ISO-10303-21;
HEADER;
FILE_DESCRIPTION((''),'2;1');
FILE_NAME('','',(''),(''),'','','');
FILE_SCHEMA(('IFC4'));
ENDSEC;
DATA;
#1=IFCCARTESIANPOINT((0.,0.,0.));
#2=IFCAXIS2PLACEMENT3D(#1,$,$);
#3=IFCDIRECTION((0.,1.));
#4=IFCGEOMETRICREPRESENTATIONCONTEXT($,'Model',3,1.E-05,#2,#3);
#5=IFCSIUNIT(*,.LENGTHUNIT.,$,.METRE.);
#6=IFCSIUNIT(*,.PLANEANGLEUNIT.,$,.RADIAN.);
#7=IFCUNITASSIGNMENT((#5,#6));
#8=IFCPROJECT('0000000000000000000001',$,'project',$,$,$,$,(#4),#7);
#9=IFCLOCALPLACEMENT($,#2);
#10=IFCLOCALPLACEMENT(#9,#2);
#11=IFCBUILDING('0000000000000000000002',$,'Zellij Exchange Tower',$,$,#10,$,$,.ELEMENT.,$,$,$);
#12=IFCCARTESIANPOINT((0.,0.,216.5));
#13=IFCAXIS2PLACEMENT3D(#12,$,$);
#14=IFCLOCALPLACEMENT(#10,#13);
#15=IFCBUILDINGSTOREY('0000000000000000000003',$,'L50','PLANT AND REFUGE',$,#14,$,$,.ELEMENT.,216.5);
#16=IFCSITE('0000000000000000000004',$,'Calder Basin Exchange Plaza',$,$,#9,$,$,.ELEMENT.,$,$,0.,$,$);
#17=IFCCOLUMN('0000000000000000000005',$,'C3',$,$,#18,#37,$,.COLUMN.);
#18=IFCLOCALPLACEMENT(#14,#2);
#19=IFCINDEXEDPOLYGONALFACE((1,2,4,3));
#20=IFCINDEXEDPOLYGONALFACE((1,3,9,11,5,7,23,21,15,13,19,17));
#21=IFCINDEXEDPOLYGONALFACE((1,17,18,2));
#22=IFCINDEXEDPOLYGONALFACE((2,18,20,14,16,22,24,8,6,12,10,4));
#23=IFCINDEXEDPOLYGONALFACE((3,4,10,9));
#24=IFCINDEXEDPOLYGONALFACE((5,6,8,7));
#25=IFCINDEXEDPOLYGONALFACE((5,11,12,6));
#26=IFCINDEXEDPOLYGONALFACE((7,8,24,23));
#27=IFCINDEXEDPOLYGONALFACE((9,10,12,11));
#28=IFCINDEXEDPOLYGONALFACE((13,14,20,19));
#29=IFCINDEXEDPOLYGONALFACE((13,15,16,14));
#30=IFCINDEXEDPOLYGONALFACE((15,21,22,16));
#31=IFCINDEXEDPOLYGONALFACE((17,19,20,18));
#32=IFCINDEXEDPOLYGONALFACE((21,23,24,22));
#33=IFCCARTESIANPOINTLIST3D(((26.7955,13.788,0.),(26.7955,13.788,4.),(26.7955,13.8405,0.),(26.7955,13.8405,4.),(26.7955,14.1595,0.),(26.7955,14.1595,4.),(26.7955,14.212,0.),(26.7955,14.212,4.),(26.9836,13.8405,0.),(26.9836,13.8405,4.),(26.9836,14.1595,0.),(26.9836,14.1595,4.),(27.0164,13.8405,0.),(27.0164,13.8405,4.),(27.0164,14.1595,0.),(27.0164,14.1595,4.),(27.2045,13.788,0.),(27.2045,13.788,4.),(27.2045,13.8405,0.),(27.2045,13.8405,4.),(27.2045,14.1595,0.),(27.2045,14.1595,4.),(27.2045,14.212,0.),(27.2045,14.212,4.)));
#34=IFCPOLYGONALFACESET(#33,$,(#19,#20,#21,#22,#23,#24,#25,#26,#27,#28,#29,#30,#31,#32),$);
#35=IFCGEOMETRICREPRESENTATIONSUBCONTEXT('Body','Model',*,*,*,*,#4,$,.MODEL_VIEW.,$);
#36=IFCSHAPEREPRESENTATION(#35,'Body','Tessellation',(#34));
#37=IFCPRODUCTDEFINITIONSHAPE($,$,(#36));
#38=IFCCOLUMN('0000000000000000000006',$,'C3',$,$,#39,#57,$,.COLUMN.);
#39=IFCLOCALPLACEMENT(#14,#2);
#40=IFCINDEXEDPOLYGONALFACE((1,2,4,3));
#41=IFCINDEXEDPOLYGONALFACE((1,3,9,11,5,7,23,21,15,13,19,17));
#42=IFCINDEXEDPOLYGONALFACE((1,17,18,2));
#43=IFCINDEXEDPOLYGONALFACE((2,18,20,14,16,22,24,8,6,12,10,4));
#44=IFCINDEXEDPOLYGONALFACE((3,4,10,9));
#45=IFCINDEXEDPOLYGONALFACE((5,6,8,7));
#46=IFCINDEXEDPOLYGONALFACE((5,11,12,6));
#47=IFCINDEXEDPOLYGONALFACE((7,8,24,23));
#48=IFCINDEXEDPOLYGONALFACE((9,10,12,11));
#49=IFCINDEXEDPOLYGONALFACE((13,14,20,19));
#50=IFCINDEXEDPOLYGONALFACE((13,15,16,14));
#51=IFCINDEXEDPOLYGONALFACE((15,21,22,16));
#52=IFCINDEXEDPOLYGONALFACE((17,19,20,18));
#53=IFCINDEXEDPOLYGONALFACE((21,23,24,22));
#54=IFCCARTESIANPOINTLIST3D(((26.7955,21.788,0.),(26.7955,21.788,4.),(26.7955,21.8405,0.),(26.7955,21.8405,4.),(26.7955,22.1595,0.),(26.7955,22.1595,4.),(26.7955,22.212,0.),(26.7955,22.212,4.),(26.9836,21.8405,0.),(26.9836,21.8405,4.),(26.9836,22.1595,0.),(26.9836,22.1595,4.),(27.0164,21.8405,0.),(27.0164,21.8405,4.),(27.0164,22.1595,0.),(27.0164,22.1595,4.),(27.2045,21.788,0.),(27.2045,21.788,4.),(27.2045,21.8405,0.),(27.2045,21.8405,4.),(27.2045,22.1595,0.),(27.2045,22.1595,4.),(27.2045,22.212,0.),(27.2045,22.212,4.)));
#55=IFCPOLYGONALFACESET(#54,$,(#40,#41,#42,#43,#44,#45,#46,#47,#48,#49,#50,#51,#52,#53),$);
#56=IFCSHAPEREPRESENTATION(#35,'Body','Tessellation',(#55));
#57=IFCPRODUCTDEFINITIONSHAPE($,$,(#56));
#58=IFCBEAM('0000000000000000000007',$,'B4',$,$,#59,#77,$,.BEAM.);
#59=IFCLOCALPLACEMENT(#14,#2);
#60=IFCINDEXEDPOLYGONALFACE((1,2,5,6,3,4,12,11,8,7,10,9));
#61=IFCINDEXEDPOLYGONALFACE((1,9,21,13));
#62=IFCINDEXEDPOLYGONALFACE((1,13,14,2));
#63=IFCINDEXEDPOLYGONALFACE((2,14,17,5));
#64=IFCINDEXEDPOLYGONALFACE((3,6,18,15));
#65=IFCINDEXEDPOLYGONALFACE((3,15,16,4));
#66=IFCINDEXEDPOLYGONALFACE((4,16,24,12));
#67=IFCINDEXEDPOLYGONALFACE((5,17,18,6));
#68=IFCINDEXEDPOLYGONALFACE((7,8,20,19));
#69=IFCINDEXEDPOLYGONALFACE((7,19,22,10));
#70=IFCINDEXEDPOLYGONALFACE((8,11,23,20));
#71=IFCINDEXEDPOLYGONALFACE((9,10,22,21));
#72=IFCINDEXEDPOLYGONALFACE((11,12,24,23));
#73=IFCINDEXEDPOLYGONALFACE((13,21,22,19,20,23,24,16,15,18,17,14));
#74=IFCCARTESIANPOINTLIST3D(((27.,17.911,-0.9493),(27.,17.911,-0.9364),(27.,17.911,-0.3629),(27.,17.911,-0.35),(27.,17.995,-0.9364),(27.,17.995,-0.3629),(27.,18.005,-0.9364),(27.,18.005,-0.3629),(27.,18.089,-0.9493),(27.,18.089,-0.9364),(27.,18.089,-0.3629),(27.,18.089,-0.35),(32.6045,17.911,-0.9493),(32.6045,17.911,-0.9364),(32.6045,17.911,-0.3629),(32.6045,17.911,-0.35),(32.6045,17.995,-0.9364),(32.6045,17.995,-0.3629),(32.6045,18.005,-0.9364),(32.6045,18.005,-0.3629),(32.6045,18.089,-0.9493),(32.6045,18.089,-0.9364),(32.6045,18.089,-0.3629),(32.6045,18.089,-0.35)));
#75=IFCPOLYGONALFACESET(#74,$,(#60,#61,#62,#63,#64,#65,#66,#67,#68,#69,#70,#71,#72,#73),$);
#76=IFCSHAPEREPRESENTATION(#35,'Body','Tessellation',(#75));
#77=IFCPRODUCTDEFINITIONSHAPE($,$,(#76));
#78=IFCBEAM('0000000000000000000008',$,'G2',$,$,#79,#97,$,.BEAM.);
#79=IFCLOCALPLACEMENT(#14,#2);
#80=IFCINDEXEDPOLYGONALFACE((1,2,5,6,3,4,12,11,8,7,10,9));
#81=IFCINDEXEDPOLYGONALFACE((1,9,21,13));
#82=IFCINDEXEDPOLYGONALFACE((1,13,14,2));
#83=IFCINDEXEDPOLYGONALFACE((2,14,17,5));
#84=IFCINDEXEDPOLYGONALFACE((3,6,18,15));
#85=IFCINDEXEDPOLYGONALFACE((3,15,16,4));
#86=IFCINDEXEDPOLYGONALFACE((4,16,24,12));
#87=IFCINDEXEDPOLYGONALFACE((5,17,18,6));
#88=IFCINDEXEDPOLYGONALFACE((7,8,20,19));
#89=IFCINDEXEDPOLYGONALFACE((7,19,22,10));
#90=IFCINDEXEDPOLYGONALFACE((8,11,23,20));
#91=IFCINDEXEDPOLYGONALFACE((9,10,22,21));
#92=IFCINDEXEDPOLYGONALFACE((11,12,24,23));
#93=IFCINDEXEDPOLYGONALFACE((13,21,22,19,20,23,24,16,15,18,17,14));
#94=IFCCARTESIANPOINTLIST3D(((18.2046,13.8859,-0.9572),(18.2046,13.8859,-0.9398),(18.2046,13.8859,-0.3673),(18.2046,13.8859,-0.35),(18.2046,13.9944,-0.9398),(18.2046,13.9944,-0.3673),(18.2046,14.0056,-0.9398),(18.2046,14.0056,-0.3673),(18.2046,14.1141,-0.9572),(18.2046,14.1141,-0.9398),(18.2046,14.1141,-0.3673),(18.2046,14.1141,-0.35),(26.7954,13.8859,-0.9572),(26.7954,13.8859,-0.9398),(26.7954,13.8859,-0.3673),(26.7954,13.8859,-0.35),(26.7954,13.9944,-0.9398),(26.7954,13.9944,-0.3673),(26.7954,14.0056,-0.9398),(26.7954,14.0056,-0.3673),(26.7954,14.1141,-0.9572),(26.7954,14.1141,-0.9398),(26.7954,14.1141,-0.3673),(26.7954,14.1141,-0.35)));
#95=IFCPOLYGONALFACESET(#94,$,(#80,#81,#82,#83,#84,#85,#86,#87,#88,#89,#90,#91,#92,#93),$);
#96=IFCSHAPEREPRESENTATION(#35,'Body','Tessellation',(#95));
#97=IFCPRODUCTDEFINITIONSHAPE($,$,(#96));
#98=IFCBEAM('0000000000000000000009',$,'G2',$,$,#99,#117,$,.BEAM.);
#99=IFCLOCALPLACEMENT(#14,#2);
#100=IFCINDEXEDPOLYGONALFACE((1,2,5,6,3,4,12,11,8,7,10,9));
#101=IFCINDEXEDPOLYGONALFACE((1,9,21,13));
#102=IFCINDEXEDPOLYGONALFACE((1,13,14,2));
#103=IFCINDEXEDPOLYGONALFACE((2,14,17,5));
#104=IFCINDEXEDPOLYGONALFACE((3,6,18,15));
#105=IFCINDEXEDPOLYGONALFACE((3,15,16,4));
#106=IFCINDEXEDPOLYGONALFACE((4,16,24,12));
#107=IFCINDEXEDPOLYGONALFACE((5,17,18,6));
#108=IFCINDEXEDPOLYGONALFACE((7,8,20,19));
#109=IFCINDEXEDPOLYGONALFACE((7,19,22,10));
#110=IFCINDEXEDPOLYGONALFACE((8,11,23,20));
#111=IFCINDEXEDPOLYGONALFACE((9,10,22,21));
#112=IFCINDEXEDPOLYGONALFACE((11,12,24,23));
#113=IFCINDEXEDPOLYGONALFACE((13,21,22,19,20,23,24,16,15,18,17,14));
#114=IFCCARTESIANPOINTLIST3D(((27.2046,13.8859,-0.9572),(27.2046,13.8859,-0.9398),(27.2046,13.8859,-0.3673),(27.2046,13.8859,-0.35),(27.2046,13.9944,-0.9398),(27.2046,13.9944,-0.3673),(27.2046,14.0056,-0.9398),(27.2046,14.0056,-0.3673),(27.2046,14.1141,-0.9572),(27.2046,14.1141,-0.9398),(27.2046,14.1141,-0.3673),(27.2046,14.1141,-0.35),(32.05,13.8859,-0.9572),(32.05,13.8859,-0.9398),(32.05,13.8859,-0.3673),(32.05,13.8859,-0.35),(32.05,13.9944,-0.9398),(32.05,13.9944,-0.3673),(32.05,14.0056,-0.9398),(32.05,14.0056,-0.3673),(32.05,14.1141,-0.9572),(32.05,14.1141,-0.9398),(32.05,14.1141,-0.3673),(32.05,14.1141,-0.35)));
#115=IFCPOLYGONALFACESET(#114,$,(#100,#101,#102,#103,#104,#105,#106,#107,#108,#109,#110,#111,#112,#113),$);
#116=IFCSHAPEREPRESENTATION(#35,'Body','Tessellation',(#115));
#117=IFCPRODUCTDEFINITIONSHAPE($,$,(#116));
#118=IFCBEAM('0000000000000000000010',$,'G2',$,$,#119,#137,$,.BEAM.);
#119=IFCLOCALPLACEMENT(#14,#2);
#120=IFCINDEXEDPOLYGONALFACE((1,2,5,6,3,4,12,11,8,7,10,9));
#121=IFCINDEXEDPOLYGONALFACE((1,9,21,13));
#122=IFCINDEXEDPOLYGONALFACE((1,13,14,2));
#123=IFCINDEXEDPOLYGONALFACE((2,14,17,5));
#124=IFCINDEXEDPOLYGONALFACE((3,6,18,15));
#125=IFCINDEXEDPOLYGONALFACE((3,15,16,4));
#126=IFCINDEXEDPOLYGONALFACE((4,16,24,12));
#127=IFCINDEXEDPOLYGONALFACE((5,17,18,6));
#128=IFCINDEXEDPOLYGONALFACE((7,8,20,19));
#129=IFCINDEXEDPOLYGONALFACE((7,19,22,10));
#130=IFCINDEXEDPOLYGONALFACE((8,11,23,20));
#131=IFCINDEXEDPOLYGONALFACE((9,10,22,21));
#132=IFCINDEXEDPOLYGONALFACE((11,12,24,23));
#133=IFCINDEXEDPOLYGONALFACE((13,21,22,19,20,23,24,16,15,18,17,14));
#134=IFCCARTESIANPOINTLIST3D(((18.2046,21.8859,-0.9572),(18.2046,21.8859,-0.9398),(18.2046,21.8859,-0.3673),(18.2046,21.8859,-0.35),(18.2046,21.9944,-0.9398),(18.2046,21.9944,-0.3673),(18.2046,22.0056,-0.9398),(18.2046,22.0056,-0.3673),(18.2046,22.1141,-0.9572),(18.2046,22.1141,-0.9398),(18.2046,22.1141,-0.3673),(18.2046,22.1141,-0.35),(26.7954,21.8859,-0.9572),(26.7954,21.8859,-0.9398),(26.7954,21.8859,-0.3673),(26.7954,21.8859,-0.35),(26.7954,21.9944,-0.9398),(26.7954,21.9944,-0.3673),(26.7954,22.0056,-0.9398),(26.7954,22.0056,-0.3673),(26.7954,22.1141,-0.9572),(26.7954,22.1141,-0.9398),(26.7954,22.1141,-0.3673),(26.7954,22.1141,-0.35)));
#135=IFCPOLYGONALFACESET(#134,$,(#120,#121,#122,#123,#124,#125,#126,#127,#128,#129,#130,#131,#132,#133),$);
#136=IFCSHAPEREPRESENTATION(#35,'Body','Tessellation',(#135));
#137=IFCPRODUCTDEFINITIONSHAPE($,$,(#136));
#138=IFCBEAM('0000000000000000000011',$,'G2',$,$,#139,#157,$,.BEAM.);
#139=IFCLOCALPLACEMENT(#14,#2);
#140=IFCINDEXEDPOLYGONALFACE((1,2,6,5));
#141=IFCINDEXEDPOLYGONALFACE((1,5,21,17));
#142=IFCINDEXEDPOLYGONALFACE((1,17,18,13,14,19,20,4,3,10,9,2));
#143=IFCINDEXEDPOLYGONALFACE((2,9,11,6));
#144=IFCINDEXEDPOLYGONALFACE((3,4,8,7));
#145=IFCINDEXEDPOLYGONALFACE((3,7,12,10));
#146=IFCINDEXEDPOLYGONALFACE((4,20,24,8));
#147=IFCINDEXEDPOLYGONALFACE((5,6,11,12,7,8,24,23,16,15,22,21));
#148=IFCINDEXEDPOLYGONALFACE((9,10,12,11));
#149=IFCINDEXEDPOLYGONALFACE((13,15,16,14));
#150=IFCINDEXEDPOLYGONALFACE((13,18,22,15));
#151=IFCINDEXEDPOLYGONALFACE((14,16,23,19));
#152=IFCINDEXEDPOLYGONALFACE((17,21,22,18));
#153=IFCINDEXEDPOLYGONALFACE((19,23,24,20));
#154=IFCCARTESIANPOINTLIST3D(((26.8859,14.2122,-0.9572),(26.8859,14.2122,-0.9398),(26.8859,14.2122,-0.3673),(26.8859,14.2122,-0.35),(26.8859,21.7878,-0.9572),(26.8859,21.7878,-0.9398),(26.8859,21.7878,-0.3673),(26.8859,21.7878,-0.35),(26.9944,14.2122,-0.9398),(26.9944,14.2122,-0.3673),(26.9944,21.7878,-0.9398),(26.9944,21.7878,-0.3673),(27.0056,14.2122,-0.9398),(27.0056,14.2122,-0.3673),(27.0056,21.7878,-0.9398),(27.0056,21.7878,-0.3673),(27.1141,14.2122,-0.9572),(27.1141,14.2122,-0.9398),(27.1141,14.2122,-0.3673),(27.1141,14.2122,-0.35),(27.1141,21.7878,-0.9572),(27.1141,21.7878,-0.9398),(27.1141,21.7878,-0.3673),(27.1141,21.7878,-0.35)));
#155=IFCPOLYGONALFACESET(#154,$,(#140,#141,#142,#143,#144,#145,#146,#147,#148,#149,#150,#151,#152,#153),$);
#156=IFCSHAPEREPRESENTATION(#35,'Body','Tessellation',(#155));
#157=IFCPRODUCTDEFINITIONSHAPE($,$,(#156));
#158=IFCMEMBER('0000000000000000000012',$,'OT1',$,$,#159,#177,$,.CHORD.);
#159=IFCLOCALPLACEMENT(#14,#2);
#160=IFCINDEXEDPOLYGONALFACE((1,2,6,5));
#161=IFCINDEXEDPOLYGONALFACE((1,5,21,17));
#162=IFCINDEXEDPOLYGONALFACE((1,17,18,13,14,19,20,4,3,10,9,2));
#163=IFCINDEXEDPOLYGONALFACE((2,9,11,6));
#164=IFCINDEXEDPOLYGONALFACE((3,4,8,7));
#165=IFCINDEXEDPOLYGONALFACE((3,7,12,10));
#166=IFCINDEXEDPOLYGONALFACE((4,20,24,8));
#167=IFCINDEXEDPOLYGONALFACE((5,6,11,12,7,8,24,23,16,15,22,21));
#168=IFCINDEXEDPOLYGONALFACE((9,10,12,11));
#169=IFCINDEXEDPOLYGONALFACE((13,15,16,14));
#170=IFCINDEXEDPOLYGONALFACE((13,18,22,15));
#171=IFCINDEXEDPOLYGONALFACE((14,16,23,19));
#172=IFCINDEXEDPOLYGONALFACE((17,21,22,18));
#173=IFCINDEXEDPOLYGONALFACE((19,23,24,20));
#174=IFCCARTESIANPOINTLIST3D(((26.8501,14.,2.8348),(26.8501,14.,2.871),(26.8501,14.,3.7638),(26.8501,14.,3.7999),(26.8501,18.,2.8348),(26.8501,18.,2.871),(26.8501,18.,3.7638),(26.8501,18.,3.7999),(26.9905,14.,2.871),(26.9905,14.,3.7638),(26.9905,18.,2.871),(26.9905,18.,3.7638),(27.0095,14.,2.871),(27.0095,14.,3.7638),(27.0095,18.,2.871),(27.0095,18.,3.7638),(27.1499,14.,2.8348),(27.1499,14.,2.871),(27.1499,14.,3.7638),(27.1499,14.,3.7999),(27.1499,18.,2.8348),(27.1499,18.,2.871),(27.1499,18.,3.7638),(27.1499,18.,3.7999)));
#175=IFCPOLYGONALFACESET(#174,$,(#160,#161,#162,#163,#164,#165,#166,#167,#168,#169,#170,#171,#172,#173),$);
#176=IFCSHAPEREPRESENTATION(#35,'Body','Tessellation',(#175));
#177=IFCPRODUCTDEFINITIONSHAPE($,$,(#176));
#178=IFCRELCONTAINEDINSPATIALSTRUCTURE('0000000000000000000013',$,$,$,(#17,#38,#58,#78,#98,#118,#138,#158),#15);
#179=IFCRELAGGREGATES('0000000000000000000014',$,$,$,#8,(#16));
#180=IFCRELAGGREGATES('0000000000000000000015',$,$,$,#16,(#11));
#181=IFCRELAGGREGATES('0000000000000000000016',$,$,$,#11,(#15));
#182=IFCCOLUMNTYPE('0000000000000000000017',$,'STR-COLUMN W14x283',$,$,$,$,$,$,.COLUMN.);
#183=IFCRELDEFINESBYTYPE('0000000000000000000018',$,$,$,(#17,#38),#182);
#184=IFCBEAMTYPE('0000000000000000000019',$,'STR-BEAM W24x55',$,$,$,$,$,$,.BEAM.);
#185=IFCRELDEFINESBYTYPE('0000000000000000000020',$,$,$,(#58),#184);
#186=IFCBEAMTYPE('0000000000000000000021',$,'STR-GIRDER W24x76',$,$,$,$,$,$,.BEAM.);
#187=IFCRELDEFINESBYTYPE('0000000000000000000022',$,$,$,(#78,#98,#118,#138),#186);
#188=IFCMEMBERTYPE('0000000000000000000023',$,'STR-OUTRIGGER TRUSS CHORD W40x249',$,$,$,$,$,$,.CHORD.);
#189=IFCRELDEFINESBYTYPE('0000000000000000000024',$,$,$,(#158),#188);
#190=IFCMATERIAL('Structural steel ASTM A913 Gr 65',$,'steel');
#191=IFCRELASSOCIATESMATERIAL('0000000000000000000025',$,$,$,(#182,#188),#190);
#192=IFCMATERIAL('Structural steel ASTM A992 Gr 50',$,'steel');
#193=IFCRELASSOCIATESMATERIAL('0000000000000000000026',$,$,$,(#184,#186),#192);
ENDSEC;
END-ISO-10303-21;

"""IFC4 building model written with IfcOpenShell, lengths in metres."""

from ifc_helpers import new_model, si_unit, direction, frame, origin, origin_2d, place, context, subcontext, project, spatial, i_section, extrude, material, material_profile, profile_set, type_object, element, save


model = new_model("IFC4")

# Units and contexts
model_context = context("Model", 3, precision=1e-05, world=origin(), true_north=direction((0.0, 1.0)))
body_context = subcontext(model_context, "Body", "Model", "MODEL_VIEW")
ifc_project = project(units=[si_unit("LENGTHUNIT", "METRE"), si_unit("PLANEANGLEUNIT", "RADIAN")], contexts=[model_context])

# Site, building, storey
site_placement = place(None, origin())
site = spatial("IfcSite", under=ifc_project, at=site_placement, Name="Calder Basin Exchange Plaza", CompositionType="ELEMENT", RefElevation=0.0)
building_placement = place(site_placement, origin())
building = spatial("IfcBuilding", under=site, at=building_placement, Name="Zellij Exchange Tower", CompositionType="ELEMENT")
storey_placement = place(building_placement, frame((0.0, 0.0, 216.5)))
storey = spatial("IfcBuildingStorey", under=building, at=storey_placement, Name="L50", Description="PLANT AND REFUGE", CompositionType="ELEMENT", Elevation=216.5)

# Columns
ifc_material_1 = material(Name="Structural steel ASTM A913 Gr 65", Category="steel")
ifc_material_profile_1 = material_profile(ifc_material_1, i_section(OverallWidth=0.4089, OverallDepth=0.4241, WebThickness=0.0327, FlangeThickness=0.0525, at=origin_2d()), Name="W14x283")
ifc_profile_set_1 = profile_set([ifc_material_profile_1], Name="Structural steel ASTM A913 Gr 65")
column_type = type_object("IfcColumnType", Name="STR-COLUMN W14x283", PredefinedType="COLUMN", material=ifc_profile_set_1)
for number, where, z_axis, x_axis, name in (
    (1, (27.0, 14.0, 0.0), (0.0, 0.0, 1.0), (1.0, 0.0, 0.0), "C3"),
    (2, (27.0, 22.0, 0.0), (0.0, 0.0, 1.0), (1.0, 0.0, 0.0), "C3"),
):
    element("IfcColumn", number, at=place(storey_placement, frame(where, z_axis=z_axis, x_axis=x_axis)), inside=storey, type_object=column_type, Name=name, PredefinedType="COLUMN", context=body_context, shape_type="SweptSolid", body=[
        extrude(i_section(OverallWidth=0.4089, OverallDepth=0.4241, WebThickness=0.0327, FlangeThickness=0.0525, at=origin_2d()), origin(), (0.0, 0.0, 1.0), 4.0),
    ])

# Beams
ifc_material_2 = material(Name="Structural steel ASTM A992 Gr 50", Category="steel")
ifc_material_profile_2 = material_profile(ifc_material_2, i_section(OverallWidth=0.178, OverallDepth=0.5994, WebThickness=0.01, FlangeThickness=0.0129, at=origin_2d()), Name="W24x55")
ifc_profile_set_2 = profile_set([ifc_material_profile_2], Name="Structural steel ASTM A992 Gr 50")
beam_type_1 = type_object("IfcBeamType", Name="STR-BEAM W24x55", PredefinedType="BEAM", material=ifc_profile_set_2)
beam_1_placement = place(storey_placement, frame((27.0, 18.0, -0.6497), z_axis=(1.0, 0.0, 0.0), x_axis=(0.0, 1.0, 0.0)))
element("IfcBeam", 3, at=beam_1_placement, inside=storey, type_object=beam_type_1, Name="B4", PredefinedType="BEAM", context=body_context, shape_type="SweptSolid", body=[
    extrude(i_section(OverallWidth=0.178, OverallDepth=0.5994, WebThickness=0.01, FlangeThickness=0.0129, at=origin_2d()), origin(), (0.0, 0.0, 1.0), 5.6045),
])
ifc_material_profile_3 = material_profile(ifc_material_2, i_section(OverallWidth=0.2283, OverallDepth=0.6072, WebThickness=0.0112, FlangeThickness=0.0173, at=origin_2d()), Name="W24x76")
ifc_profile_set_3 = profile_set([ifc_material_profile_3], Name="Structural steel ASTM A992 Gr 50")
beam_type_2 = type_object("IfcBeamType", Name="STR-GIRDER W24x76", PredefinedType="BEAM", material=ifc_profile_set_3)
beam_2_placement = place(storey_placement, frame((18.2046, 14.0, -0.6536), z_axis=(1.0, 0.0, 0.0), x_axis=(0.0, 1.0, 0.0)))
element("IfcBeam", 4, at=beam_2_placement, inside=storey, type_object=beam_type_2, Name="G2", PredefinedType="BEAM", context=body_context, shape_type="SweptSolid", body=[
    extrude(i_section(OverallWidth=0.2283, OverallDepth=0.6072, WebThickness=0.0112, FlangeThickness=0.0173, at=origin_2d()), origin(), (0.0, 0.0, 1.0), 8.5908),
])
beam_3_placement = place(storey_placement, frame((27.2046, 14.0, -0.6536), z_axis=(1.0, 0.0, 0.0), x_axis=(0.0, 1.0, 0.0)))
element("IfcBeam", 5, at=beam_3_placement, inside=storey, type_object=beam_type_2, Name="G2", PredefinedType="BEAM", context=body_context, shape_type="SweptSolid", body=[
    extrude(i_section(OverallWidth=0.2283, OverallDepth=0.6072, WebThickness=0.0112, FlangeThickness=0.0173, at=origin_2d()), origin(), (0.0, 0.0, 1.0), 4.8455),
])
beam_4_placement = place(storey_placement, frame((18.2046, 22.0, -0.6536), z_axis=(1.0, 0.0, 0.0), x_axis=(0.0, 1.0, 0.0)))
element("IfcBeam", 6, at=beam_4_placement, inside=storey, type_object=beam_type_2, Name="G2", PredefinedType="BEAM", context=body_context, shape_type="SweptSolid", body=[
    extrude(i_section(OverallWidth=0.2283, OverallDepth=0.6072, WebThickness=0.0112, FlangeThickness=0.0173, at=origin_2d()), origin(), (0.0, 0.0, 1.0), 8.5908),
])
beam_5_placement = place(storey_placement, frame((27.0, 14.2122, -0.6536), z_axis=(0.0, 1.0, 0.0), x_axis=(-1.0, 0.0, 0.0)))
element("IfcBeam", 7, at=beam_5_placement, inside=storey, type_object=beam_type_2, Name="G2", PredefinedType="BEAM", context=body_context, shape_type="SweptSolid", body=[
    extrude(i_section(OverallWidth=0.2283, OverallDepth=0.6072, WebThickness=0.0112, FlangeThickness=0.0173, at=origin_2d()), origin(), (0.0, 0.0, 1.0), 7.5757),
])

# Member
ifc_material_profile_4 = material_profile(ifc_material_1, i_section(OverallWidth=0.2998, OverallDepth=0.9651, WebThickness=0.019, FlangeThickness=0.0361, at=origin_2d()), Name="W40x249")
ifc_profile_set_4 = profile_set([ifc_material_profile_4], Name="Structural steel ASTM A913 Gr 65")
member_type_1 = type_object("IfcMemberType", Name="STR-OUTRIGGER TRUSS CHORD W40x249", PredefinedType="CHORD", material=ifc_profile_set_4)
for number, where, z_axis, x_axis, name in (
    (8, (27.0, 14.0, 3.3174), (0.0, 1.0, 0.0), (-1.0, 0.0, 0.0), "OT1"),
):
    element("IfcMember", number, at=place(storey_placement, frame(where, z_axis=z_axis, x_axis=x_axis)), inside=storey, type_object=member_type_1, Name=name, PredefinedType="CHORD", context=body_context, shape_type="SweptSolid", body=[
        extrude(i_section(OverallWidth=0.2998, OverallDepth=0.9651, WebThickness=0.019, FlangeThickness=0.0361, at=origin_2d()), origin(), (0.0, 0.0, 1.0), 4.0),
    ])

save(model, "model.ifc")
